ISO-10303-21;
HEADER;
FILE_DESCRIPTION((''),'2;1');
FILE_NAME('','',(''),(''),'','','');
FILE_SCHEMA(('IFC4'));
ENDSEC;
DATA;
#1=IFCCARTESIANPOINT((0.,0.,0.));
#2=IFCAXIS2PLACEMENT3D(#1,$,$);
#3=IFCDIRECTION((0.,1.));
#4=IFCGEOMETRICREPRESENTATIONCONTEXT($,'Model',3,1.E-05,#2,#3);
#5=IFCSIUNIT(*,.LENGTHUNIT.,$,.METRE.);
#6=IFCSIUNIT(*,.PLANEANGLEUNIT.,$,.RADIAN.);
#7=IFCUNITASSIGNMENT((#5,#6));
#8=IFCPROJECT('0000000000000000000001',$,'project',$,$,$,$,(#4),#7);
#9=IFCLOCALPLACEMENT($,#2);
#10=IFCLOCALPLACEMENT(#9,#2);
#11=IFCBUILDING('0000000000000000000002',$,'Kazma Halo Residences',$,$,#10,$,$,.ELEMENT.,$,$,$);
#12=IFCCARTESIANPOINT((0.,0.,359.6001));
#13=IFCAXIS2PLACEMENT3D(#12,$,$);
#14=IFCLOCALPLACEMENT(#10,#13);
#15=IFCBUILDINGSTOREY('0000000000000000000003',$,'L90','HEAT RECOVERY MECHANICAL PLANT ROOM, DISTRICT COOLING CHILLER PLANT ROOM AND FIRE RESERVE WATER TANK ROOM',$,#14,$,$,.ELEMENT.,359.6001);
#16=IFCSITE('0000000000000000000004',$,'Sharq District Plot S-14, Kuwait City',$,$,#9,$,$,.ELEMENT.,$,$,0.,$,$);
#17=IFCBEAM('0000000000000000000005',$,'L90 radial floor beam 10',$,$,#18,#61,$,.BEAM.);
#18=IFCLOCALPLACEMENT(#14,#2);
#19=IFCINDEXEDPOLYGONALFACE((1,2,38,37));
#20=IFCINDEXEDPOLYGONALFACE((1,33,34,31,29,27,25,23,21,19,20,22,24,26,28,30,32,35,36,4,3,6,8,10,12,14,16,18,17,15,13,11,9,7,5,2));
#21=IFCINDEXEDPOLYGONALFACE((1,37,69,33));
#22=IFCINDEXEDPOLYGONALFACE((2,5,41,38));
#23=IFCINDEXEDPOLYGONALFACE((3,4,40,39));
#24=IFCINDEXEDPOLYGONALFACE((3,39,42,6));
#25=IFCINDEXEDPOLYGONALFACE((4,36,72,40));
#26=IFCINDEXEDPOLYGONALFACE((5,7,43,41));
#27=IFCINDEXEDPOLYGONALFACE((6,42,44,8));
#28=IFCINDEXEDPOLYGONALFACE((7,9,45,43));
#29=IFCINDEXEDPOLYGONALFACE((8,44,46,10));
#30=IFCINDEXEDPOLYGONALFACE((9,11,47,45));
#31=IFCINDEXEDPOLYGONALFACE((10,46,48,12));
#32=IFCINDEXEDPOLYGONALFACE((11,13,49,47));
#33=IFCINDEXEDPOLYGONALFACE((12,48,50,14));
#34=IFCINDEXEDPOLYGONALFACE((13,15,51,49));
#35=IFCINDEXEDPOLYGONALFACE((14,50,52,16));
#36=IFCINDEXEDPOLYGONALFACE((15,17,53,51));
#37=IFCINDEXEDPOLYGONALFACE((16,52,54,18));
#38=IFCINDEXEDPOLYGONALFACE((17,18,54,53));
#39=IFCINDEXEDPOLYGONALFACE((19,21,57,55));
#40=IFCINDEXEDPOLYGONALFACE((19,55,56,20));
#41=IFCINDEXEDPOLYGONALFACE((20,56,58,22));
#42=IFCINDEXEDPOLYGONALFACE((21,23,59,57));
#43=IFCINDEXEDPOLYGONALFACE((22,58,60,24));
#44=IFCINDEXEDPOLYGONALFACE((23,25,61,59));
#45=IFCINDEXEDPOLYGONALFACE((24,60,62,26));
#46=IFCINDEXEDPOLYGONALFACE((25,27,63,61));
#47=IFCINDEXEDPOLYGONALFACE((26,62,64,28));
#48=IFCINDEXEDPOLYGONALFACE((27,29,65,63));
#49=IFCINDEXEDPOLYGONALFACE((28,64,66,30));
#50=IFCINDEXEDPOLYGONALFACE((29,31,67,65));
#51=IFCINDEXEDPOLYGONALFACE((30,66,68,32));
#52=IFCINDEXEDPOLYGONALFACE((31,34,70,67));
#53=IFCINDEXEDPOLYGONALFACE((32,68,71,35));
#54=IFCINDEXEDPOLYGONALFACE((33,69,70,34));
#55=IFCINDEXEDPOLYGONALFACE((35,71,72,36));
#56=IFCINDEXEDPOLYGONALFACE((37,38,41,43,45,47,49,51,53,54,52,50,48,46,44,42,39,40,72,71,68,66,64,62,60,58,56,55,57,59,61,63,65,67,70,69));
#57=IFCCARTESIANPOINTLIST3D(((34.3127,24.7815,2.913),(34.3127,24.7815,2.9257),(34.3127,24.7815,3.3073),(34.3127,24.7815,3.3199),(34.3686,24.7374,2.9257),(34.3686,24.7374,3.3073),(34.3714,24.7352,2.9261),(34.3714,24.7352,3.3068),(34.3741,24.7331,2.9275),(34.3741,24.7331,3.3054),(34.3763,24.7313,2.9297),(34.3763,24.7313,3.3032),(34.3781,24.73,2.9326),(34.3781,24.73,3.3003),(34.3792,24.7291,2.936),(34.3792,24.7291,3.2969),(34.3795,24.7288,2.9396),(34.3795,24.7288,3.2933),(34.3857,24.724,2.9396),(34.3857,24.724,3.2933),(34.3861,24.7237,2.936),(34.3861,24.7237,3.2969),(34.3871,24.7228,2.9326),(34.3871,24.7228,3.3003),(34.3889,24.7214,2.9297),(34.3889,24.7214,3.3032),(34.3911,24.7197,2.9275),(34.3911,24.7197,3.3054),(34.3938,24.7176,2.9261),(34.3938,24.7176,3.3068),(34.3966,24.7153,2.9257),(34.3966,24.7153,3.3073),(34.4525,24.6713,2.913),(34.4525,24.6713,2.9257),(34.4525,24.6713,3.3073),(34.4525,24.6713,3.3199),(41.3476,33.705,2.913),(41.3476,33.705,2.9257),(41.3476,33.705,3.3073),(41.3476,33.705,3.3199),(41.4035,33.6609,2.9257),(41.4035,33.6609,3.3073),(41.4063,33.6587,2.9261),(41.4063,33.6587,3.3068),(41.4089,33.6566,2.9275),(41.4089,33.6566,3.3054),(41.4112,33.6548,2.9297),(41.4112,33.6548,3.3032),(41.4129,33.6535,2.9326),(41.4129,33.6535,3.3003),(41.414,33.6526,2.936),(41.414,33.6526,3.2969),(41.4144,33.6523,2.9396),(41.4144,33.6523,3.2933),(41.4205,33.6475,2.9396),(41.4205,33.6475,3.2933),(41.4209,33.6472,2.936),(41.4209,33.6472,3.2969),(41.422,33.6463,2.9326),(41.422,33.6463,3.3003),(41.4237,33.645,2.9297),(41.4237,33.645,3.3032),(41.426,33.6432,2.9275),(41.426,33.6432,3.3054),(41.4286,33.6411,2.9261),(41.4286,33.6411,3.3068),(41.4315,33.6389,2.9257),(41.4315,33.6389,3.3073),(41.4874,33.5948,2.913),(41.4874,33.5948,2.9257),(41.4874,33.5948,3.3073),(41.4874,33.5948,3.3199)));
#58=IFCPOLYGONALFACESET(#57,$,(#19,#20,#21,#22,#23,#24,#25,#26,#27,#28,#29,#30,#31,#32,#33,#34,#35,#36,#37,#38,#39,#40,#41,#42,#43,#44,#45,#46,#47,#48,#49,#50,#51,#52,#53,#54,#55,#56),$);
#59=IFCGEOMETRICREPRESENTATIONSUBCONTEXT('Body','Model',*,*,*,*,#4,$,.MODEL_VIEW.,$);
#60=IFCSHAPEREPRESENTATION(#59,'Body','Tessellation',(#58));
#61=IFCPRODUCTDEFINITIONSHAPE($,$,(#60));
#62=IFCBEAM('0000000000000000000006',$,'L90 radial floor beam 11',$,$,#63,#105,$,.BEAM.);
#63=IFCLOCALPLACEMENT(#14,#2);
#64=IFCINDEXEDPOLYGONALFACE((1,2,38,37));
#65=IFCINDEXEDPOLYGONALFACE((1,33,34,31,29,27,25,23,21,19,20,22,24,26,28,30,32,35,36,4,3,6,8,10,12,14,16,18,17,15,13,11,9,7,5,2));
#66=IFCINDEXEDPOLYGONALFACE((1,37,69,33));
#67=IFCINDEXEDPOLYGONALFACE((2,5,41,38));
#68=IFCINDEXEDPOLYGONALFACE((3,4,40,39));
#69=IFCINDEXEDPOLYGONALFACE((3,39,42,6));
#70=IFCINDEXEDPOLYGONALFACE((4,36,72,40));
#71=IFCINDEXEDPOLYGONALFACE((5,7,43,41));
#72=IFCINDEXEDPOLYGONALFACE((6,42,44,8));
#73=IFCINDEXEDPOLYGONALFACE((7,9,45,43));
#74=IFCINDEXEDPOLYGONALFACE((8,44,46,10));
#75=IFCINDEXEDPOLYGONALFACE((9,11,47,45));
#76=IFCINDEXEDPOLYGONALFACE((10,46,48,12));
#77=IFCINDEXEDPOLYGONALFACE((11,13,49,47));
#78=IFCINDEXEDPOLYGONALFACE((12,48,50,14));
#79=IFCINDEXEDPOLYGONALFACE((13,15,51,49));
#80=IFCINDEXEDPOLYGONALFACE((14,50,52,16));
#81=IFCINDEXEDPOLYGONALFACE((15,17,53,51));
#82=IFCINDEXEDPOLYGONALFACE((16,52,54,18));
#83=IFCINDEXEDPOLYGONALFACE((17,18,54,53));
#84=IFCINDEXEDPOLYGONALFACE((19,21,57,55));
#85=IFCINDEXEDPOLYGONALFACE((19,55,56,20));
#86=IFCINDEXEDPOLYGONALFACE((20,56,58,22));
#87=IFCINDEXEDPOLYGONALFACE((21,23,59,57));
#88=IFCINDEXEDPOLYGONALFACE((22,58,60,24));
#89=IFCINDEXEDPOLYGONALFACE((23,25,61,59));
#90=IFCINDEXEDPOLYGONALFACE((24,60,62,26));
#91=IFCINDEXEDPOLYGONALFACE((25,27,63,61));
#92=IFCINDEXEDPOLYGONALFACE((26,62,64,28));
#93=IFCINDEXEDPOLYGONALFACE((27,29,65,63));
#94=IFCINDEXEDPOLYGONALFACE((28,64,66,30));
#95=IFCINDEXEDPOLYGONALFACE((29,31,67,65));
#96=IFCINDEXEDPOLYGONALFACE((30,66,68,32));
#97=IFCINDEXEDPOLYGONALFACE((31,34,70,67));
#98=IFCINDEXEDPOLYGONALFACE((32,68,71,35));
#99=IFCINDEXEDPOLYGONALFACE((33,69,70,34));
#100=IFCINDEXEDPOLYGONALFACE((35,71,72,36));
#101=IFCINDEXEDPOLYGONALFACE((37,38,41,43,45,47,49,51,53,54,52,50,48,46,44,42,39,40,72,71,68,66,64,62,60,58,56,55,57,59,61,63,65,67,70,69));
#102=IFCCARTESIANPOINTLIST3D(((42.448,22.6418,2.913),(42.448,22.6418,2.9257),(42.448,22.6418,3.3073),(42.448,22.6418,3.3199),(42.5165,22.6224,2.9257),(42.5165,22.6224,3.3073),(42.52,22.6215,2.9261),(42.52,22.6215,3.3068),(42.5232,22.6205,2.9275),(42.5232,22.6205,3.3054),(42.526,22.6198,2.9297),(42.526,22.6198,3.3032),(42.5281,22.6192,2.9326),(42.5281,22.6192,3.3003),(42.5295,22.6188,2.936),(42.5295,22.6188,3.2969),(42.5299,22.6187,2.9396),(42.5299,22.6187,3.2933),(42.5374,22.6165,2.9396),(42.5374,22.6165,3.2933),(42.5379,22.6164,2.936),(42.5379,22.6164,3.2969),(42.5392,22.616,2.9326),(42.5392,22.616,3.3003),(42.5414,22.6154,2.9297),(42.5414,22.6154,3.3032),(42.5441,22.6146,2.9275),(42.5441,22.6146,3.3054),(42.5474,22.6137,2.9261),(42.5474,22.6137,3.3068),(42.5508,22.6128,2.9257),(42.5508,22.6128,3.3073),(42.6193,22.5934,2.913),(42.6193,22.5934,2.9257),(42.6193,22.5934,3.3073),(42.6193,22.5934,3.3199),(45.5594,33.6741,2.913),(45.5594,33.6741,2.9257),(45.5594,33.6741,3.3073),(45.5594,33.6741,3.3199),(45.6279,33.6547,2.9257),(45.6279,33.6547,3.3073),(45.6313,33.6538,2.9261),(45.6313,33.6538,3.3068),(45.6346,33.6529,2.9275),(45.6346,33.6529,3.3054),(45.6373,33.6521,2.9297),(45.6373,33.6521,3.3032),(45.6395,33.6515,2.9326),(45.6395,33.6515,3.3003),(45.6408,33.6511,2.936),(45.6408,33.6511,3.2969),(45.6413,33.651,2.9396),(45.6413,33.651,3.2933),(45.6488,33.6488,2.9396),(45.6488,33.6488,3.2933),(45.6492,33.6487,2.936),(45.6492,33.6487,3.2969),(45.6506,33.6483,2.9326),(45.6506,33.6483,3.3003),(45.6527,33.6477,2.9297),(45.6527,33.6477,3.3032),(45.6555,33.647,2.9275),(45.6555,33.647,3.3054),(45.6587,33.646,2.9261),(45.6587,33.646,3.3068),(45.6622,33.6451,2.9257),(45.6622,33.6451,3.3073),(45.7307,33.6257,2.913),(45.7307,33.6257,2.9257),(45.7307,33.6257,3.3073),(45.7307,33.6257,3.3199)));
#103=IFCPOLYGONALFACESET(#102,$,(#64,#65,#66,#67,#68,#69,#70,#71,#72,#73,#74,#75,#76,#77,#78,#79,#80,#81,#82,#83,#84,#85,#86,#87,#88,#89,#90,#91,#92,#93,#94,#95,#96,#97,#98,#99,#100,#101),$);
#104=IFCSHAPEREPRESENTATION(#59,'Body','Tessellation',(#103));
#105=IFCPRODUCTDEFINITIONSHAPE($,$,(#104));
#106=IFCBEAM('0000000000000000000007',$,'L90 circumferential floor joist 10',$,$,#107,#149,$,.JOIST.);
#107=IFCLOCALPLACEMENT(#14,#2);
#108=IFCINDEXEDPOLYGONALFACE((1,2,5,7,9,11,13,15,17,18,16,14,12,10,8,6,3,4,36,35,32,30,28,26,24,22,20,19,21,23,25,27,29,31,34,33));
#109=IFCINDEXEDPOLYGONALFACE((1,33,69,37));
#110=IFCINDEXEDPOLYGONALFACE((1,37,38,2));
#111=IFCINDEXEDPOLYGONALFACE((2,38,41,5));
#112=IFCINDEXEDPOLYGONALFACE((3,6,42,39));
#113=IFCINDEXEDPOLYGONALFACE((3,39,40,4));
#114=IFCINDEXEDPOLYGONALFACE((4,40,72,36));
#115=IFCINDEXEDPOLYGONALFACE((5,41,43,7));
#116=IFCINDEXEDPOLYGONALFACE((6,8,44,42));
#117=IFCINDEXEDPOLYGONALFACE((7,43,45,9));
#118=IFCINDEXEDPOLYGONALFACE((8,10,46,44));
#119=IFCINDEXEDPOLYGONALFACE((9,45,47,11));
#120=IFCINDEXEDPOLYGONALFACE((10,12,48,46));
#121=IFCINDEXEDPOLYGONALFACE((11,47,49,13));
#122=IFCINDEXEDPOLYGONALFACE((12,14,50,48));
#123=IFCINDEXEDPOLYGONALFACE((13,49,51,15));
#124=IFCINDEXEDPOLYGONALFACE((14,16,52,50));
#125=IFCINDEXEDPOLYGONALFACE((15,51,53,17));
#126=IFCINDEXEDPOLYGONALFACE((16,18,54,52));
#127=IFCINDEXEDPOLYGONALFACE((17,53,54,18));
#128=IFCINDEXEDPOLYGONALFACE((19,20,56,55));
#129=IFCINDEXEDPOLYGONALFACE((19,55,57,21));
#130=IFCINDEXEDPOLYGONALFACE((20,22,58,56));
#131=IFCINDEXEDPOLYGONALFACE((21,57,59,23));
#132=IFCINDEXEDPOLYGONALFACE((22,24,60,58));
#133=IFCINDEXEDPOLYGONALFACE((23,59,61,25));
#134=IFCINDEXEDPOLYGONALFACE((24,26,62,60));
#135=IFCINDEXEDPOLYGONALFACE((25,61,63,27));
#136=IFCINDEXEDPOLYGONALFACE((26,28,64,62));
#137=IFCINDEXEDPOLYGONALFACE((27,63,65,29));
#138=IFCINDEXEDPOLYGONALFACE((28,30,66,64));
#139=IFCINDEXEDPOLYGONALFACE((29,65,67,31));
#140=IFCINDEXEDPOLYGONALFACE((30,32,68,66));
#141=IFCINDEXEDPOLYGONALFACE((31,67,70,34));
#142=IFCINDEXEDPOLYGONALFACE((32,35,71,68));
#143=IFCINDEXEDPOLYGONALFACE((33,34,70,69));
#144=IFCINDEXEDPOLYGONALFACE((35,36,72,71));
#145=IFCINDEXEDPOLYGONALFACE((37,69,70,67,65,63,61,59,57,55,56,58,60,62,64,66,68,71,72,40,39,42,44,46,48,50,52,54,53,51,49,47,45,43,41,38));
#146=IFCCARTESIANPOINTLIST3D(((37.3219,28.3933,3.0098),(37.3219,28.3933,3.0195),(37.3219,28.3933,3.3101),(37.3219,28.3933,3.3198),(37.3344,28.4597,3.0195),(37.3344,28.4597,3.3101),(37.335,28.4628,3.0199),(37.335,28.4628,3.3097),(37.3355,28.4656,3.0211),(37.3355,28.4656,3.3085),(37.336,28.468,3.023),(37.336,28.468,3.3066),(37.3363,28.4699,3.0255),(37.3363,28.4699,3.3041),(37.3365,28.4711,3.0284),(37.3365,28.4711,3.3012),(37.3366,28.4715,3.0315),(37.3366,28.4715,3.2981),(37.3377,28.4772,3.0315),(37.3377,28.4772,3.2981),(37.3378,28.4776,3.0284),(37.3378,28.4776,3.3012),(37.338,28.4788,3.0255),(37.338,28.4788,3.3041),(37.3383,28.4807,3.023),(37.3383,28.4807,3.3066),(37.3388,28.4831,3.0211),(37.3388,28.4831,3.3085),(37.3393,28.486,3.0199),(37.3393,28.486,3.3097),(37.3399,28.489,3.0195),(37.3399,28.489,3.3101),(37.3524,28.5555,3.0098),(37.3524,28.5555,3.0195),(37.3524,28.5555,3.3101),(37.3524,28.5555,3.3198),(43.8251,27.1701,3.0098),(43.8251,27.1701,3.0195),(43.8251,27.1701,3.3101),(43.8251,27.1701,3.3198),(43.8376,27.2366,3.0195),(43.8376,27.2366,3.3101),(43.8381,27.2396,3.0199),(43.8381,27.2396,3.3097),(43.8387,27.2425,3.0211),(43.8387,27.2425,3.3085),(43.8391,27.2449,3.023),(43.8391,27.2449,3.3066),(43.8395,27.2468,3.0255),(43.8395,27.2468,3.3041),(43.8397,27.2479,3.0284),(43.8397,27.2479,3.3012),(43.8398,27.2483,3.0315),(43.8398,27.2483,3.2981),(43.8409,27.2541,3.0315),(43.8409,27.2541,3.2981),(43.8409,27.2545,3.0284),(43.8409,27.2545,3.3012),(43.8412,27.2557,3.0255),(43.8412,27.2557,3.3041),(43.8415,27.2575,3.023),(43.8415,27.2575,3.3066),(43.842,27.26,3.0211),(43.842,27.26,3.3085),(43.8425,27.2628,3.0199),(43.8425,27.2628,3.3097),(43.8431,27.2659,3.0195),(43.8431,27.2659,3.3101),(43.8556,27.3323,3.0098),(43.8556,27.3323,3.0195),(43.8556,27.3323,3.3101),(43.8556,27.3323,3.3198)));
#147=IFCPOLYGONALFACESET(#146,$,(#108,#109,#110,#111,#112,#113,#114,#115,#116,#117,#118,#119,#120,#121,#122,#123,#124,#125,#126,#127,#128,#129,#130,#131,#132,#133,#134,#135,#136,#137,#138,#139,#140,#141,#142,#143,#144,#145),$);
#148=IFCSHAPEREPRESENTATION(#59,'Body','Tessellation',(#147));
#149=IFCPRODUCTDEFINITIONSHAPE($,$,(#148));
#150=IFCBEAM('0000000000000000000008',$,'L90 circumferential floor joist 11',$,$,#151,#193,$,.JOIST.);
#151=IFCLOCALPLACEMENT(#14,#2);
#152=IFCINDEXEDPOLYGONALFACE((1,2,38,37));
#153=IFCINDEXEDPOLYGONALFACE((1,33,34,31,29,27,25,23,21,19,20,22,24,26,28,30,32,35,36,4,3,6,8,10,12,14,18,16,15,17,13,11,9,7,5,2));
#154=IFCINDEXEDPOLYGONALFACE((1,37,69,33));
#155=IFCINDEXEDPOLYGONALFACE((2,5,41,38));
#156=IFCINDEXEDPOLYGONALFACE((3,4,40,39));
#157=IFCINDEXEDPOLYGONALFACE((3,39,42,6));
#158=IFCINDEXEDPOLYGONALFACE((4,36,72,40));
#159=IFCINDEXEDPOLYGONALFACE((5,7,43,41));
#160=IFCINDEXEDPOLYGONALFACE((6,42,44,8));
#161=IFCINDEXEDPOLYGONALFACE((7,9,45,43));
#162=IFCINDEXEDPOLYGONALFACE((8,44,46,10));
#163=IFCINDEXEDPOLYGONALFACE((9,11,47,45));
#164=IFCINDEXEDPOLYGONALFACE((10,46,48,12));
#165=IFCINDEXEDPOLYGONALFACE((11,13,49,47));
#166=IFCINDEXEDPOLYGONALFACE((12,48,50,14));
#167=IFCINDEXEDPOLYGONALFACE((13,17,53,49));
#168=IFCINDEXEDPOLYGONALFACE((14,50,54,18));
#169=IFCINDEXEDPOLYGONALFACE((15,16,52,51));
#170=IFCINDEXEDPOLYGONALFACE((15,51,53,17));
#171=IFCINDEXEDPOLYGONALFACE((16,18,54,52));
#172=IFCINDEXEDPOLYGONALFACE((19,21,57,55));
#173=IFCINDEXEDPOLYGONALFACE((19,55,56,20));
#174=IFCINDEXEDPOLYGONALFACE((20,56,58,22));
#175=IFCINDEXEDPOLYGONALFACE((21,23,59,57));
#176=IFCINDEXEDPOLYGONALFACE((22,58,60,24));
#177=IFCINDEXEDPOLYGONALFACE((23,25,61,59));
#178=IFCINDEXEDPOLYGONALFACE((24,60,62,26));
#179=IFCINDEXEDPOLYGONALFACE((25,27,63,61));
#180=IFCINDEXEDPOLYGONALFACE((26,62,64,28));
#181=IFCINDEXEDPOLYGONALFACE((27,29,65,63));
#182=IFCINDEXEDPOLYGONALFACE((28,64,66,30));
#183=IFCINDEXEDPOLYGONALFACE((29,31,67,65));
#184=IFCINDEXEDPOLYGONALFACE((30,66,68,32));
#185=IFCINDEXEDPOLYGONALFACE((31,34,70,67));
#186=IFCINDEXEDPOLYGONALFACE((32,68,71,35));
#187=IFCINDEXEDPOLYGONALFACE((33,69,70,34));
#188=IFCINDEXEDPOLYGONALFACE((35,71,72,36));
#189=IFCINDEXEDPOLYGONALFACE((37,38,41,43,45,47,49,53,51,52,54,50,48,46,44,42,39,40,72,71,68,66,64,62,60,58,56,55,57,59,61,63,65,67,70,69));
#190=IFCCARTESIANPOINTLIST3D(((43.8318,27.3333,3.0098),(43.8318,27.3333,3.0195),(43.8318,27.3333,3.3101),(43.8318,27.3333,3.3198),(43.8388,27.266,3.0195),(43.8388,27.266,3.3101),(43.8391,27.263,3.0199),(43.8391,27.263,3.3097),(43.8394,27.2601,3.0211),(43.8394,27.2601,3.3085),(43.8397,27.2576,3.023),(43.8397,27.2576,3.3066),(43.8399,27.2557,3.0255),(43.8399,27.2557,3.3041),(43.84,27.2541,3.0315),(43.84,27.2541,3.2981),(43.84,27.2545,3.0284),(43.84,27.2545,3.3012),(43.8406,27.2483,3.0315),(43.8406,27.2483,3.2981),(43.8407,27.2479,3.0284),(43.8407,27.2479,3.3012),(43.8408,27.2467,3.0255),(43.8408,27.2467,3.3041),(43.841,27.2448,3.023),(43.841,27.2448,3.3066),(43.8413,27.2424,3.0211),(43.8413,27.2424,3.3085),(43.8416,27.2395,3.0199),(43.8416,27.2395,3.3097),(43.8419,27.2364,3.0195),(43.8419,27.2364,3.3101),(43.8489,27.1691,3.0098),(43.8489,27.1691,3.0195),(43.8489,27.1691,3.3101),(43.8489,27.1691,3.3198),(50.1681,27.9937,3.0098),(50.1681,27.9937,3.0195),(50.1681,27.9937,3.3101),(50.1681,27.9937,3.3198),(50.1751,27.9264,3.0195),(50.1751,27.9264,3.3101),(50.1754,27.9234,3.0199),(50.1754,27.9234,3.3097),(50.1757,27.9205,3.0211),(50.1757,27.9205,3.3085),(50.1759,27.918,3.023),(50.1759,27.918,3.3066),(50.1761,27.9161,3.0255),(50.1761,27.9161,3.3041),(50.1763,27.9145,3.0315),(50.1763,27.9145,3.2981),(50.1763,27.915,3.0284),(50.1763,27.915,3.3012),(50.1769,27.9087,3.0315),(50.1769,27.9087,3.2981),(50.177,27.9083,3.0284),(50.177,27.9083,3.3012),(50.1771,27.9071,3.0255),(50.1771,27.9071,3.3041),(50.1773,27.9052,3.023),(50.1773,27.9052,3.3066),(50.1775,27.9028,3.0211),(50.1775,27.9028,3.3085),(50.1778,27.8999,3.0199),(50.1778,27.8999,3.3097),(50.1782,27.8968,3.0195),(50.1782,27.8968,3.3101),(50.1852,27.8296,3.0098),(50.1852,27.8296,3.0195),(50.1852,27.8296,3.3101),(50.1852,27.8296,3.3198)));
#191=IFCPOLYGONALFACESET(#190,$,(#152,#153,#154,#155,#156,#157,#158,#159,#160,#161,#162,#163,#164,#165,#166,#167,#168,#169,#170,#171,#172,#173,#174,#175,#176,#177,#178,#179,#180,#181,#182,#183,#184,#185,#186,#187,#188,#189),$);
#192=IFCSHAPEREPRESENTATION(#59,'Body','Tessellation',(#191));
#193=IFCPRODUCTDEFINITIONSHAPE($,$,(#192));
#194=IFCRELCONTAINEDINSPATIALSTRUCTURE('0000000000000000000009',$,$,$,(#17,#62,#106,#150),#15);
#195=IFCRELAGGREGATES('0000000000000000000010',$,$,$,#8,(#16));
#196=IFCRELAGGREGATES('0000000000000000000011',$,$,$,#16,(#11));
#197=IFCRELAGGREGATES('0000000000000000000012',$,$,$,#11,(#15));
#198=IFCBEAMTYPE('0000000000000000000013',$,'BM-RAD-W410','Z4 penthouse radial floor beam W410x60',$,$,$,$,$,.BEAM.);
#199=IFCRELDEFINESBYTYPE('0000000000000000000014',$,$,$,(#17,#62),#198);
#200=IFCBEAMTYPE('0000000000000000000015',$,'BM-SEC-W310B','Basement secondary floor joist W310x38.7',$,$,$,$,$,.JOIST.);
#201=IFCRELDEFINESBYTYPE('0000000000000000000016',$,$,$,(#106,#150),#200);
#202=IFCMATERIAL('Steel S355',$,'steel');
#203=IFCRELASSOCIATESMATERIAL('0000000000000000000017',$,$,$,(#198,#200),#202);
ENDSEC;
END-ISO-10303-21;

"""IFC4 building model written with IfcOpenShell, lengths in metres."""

from ifc_helpers import new_model, si_unit, direction, frame, origin, origin_2d, place, context, subcontext, project, spatial, i_section, extrude, material, material_profile, profile_set, type_object, element, save


model = new_model("IFC4")

# Units and contexts
model_context = context("Model", 3, precision=1e-05, world=origin(), true_north=direction((0.0, 1.0)))
body_context = subcontext(model_context, "Body", "Model", "MODEL_VIEW")
ifc_project = project(units=[si_unit("LENGTHUNIT", "METRE"), si_unit("PLANEANGLEUNIT", "RADIAN")], contexts=[model_context])

# Site, building, storey
site_placement = place(None, origin())
site = spatial("IfcSite", under=ifc_project, at=site_placement, Name="Sharq District Plot S-14, Kuwait City", CompositionType="ELEMENT", RefElevation=0.0)
building_placement = place(site_placement, origin())
building = spatial("IfcBuilding", under=site, at=building_placement, Name="Kazma Halo Residences", CompositionType="ELEMENT")
storey_placement = place(building_placement, frame((0.0, 0.0, 359.6001)))
storey = spatial("IfcBuildingStorey", under=building, at=storey_placement, Name="L90", Description="HEAT RECOVERY MECHANICAL PLANT ROOM, DISTRICT COOLING CHILLER PLANT ROOM AND FIRE RESERVE WATER TANK ROOM", CompositionType="ELEMENT", Elevation=359.6001)

# Shared definitions
ifc_material_1 = material(Name="Steel S355", Category="steel")

# Beams
ifc_material_profile_1 = material_profile(ifc_material_1, i_section(OverallWidth=0.178, OverallDepth=0.407, WebThickness=0.0078, FlangeThickness=0.0127, FilletRadius=0.0139, at=origin_2d()), Name="W410x60")
ifc_profile_set_1 = profile_set([ifc_material_profile_1], Name="Steel S355")
beam_type_1 = type_object("IfcBeamType", Name="BM-RAD-W410", Description="Z4 penthouse radial floor beam W410x60", PredefinedType="BEAM", material=ifc_profile_set_1)
beam_1_placement = place(storey_placement, frame((41.4175, 33.6499, 3.1165), z_axis=(-0.619101, -0.785312, 0.0), x_axis=(0.785312, -0.619101, 0.0)))
element("IfcBeam", 1, at=beam_1_placement, inside=storey, type_object=beam_type_1, Name="L90 radial floor beam 10", PredefinedType="BEAM", context=body_context, shape_type="SweptSolid", body=[
    extrude(i_section(OverallWidth=0.178, OverallDepth=0.407, WebThickness=0.0078, FlangeThickness=0.0127, FilletRadius=0.0139, at=origin_2d()), origin(), (0.0, 0.0, 1.0), 11.363),
])
beam_2_placement = place(storey_placement, frame((45.645, 33.6499, 3.1165), z_axis=(-0.271434, -0.962457, 0.0), x_axis=(0.962457, -0.271434, 0.0)))
element("IfcBeam", 2, at=beam_2_placement, inside=storey, type_object=beam_type_1, Name="L90 radial floor beam 11", PredefinedType="BEAM", context=body_context, shape_type="SweptSolid", body=[
    extrude(i_section(OverallWidth=0.178, OverallDepth=0.407, WebThickness=0.0078, FlangeThickness=0.0127, FilletRadius=0.0139, at=origin_2d()), origin(), (0.0, 0.0, 1.0), 11.4626),
])
ifc_material_profile_2 = material_profile(ifc_material_1, i_section(OverallWidth=0.165, OverallDepth=0.3101, WebThickness=0.0059, FlangeThickness=0.0098, FilletRadius=0.012, at=origin_2d()), Name="W310x38.7")
ifc_profile_set_2 = profile_set([ifc_material_profile_2], Name="Steel S355")
beam_type_2 = type_object("IfcBeamType", Name="BM-SEC-W310B", Description="Basement secondary floor joist W310x38.7", PredefinedType="JOIST", material=ifc_profile_set_2)
beam_3_placement = place(storey_placement, frame((37.3372, 28.4744, 3.1648), z_axis=(0.982768, -0.184843, 0.0), x_axis=(0.184843, 0.982768, 0.0)))
element("IfcBeam", 3, at=beam_3_placement, inside=storey, type_object=beam_type_2, Name="L90 circumferential floor joist 10", PredefinedType="JOIST", context=body_context, shape_type="SweptSolid", body=[
    extrude(i_section(OverallWidth=0.165, OverallDepth=0.3101, WebThickness=0.0059, FlangeThickness=0.0098, FilletRadius=0.012, at=origin_2d()), origin(), (0.0, 0.0, 1.0), 6.6172),
])
beam_4_placement = place(storey_placement, frame((43.8403, 27.2512, 3.1648), z_axis=(0.994612, 0.103665, 0.0), x_axis=(-0.103665, 0.994612, 0.0)))
element("IfcBeam", 4, at=beam_4_placement, inside=storey, type_object=beam_type_2, Name="L90 circumferential floor joist 11", PredefinedType="JOIST", context=body_context, shape_type="SweptSolid", body=[
    extrude(i_section(OverallWidth=0.165, OverallDepth=0.3101, WebThickness=0.0059, FlangeThickness=0.0098, FilletRadius=0.012, at=origin_2d()), origin(), (0.0, 0.0, 1.0), 6.3706),
])

save(model, "model.ifc")
